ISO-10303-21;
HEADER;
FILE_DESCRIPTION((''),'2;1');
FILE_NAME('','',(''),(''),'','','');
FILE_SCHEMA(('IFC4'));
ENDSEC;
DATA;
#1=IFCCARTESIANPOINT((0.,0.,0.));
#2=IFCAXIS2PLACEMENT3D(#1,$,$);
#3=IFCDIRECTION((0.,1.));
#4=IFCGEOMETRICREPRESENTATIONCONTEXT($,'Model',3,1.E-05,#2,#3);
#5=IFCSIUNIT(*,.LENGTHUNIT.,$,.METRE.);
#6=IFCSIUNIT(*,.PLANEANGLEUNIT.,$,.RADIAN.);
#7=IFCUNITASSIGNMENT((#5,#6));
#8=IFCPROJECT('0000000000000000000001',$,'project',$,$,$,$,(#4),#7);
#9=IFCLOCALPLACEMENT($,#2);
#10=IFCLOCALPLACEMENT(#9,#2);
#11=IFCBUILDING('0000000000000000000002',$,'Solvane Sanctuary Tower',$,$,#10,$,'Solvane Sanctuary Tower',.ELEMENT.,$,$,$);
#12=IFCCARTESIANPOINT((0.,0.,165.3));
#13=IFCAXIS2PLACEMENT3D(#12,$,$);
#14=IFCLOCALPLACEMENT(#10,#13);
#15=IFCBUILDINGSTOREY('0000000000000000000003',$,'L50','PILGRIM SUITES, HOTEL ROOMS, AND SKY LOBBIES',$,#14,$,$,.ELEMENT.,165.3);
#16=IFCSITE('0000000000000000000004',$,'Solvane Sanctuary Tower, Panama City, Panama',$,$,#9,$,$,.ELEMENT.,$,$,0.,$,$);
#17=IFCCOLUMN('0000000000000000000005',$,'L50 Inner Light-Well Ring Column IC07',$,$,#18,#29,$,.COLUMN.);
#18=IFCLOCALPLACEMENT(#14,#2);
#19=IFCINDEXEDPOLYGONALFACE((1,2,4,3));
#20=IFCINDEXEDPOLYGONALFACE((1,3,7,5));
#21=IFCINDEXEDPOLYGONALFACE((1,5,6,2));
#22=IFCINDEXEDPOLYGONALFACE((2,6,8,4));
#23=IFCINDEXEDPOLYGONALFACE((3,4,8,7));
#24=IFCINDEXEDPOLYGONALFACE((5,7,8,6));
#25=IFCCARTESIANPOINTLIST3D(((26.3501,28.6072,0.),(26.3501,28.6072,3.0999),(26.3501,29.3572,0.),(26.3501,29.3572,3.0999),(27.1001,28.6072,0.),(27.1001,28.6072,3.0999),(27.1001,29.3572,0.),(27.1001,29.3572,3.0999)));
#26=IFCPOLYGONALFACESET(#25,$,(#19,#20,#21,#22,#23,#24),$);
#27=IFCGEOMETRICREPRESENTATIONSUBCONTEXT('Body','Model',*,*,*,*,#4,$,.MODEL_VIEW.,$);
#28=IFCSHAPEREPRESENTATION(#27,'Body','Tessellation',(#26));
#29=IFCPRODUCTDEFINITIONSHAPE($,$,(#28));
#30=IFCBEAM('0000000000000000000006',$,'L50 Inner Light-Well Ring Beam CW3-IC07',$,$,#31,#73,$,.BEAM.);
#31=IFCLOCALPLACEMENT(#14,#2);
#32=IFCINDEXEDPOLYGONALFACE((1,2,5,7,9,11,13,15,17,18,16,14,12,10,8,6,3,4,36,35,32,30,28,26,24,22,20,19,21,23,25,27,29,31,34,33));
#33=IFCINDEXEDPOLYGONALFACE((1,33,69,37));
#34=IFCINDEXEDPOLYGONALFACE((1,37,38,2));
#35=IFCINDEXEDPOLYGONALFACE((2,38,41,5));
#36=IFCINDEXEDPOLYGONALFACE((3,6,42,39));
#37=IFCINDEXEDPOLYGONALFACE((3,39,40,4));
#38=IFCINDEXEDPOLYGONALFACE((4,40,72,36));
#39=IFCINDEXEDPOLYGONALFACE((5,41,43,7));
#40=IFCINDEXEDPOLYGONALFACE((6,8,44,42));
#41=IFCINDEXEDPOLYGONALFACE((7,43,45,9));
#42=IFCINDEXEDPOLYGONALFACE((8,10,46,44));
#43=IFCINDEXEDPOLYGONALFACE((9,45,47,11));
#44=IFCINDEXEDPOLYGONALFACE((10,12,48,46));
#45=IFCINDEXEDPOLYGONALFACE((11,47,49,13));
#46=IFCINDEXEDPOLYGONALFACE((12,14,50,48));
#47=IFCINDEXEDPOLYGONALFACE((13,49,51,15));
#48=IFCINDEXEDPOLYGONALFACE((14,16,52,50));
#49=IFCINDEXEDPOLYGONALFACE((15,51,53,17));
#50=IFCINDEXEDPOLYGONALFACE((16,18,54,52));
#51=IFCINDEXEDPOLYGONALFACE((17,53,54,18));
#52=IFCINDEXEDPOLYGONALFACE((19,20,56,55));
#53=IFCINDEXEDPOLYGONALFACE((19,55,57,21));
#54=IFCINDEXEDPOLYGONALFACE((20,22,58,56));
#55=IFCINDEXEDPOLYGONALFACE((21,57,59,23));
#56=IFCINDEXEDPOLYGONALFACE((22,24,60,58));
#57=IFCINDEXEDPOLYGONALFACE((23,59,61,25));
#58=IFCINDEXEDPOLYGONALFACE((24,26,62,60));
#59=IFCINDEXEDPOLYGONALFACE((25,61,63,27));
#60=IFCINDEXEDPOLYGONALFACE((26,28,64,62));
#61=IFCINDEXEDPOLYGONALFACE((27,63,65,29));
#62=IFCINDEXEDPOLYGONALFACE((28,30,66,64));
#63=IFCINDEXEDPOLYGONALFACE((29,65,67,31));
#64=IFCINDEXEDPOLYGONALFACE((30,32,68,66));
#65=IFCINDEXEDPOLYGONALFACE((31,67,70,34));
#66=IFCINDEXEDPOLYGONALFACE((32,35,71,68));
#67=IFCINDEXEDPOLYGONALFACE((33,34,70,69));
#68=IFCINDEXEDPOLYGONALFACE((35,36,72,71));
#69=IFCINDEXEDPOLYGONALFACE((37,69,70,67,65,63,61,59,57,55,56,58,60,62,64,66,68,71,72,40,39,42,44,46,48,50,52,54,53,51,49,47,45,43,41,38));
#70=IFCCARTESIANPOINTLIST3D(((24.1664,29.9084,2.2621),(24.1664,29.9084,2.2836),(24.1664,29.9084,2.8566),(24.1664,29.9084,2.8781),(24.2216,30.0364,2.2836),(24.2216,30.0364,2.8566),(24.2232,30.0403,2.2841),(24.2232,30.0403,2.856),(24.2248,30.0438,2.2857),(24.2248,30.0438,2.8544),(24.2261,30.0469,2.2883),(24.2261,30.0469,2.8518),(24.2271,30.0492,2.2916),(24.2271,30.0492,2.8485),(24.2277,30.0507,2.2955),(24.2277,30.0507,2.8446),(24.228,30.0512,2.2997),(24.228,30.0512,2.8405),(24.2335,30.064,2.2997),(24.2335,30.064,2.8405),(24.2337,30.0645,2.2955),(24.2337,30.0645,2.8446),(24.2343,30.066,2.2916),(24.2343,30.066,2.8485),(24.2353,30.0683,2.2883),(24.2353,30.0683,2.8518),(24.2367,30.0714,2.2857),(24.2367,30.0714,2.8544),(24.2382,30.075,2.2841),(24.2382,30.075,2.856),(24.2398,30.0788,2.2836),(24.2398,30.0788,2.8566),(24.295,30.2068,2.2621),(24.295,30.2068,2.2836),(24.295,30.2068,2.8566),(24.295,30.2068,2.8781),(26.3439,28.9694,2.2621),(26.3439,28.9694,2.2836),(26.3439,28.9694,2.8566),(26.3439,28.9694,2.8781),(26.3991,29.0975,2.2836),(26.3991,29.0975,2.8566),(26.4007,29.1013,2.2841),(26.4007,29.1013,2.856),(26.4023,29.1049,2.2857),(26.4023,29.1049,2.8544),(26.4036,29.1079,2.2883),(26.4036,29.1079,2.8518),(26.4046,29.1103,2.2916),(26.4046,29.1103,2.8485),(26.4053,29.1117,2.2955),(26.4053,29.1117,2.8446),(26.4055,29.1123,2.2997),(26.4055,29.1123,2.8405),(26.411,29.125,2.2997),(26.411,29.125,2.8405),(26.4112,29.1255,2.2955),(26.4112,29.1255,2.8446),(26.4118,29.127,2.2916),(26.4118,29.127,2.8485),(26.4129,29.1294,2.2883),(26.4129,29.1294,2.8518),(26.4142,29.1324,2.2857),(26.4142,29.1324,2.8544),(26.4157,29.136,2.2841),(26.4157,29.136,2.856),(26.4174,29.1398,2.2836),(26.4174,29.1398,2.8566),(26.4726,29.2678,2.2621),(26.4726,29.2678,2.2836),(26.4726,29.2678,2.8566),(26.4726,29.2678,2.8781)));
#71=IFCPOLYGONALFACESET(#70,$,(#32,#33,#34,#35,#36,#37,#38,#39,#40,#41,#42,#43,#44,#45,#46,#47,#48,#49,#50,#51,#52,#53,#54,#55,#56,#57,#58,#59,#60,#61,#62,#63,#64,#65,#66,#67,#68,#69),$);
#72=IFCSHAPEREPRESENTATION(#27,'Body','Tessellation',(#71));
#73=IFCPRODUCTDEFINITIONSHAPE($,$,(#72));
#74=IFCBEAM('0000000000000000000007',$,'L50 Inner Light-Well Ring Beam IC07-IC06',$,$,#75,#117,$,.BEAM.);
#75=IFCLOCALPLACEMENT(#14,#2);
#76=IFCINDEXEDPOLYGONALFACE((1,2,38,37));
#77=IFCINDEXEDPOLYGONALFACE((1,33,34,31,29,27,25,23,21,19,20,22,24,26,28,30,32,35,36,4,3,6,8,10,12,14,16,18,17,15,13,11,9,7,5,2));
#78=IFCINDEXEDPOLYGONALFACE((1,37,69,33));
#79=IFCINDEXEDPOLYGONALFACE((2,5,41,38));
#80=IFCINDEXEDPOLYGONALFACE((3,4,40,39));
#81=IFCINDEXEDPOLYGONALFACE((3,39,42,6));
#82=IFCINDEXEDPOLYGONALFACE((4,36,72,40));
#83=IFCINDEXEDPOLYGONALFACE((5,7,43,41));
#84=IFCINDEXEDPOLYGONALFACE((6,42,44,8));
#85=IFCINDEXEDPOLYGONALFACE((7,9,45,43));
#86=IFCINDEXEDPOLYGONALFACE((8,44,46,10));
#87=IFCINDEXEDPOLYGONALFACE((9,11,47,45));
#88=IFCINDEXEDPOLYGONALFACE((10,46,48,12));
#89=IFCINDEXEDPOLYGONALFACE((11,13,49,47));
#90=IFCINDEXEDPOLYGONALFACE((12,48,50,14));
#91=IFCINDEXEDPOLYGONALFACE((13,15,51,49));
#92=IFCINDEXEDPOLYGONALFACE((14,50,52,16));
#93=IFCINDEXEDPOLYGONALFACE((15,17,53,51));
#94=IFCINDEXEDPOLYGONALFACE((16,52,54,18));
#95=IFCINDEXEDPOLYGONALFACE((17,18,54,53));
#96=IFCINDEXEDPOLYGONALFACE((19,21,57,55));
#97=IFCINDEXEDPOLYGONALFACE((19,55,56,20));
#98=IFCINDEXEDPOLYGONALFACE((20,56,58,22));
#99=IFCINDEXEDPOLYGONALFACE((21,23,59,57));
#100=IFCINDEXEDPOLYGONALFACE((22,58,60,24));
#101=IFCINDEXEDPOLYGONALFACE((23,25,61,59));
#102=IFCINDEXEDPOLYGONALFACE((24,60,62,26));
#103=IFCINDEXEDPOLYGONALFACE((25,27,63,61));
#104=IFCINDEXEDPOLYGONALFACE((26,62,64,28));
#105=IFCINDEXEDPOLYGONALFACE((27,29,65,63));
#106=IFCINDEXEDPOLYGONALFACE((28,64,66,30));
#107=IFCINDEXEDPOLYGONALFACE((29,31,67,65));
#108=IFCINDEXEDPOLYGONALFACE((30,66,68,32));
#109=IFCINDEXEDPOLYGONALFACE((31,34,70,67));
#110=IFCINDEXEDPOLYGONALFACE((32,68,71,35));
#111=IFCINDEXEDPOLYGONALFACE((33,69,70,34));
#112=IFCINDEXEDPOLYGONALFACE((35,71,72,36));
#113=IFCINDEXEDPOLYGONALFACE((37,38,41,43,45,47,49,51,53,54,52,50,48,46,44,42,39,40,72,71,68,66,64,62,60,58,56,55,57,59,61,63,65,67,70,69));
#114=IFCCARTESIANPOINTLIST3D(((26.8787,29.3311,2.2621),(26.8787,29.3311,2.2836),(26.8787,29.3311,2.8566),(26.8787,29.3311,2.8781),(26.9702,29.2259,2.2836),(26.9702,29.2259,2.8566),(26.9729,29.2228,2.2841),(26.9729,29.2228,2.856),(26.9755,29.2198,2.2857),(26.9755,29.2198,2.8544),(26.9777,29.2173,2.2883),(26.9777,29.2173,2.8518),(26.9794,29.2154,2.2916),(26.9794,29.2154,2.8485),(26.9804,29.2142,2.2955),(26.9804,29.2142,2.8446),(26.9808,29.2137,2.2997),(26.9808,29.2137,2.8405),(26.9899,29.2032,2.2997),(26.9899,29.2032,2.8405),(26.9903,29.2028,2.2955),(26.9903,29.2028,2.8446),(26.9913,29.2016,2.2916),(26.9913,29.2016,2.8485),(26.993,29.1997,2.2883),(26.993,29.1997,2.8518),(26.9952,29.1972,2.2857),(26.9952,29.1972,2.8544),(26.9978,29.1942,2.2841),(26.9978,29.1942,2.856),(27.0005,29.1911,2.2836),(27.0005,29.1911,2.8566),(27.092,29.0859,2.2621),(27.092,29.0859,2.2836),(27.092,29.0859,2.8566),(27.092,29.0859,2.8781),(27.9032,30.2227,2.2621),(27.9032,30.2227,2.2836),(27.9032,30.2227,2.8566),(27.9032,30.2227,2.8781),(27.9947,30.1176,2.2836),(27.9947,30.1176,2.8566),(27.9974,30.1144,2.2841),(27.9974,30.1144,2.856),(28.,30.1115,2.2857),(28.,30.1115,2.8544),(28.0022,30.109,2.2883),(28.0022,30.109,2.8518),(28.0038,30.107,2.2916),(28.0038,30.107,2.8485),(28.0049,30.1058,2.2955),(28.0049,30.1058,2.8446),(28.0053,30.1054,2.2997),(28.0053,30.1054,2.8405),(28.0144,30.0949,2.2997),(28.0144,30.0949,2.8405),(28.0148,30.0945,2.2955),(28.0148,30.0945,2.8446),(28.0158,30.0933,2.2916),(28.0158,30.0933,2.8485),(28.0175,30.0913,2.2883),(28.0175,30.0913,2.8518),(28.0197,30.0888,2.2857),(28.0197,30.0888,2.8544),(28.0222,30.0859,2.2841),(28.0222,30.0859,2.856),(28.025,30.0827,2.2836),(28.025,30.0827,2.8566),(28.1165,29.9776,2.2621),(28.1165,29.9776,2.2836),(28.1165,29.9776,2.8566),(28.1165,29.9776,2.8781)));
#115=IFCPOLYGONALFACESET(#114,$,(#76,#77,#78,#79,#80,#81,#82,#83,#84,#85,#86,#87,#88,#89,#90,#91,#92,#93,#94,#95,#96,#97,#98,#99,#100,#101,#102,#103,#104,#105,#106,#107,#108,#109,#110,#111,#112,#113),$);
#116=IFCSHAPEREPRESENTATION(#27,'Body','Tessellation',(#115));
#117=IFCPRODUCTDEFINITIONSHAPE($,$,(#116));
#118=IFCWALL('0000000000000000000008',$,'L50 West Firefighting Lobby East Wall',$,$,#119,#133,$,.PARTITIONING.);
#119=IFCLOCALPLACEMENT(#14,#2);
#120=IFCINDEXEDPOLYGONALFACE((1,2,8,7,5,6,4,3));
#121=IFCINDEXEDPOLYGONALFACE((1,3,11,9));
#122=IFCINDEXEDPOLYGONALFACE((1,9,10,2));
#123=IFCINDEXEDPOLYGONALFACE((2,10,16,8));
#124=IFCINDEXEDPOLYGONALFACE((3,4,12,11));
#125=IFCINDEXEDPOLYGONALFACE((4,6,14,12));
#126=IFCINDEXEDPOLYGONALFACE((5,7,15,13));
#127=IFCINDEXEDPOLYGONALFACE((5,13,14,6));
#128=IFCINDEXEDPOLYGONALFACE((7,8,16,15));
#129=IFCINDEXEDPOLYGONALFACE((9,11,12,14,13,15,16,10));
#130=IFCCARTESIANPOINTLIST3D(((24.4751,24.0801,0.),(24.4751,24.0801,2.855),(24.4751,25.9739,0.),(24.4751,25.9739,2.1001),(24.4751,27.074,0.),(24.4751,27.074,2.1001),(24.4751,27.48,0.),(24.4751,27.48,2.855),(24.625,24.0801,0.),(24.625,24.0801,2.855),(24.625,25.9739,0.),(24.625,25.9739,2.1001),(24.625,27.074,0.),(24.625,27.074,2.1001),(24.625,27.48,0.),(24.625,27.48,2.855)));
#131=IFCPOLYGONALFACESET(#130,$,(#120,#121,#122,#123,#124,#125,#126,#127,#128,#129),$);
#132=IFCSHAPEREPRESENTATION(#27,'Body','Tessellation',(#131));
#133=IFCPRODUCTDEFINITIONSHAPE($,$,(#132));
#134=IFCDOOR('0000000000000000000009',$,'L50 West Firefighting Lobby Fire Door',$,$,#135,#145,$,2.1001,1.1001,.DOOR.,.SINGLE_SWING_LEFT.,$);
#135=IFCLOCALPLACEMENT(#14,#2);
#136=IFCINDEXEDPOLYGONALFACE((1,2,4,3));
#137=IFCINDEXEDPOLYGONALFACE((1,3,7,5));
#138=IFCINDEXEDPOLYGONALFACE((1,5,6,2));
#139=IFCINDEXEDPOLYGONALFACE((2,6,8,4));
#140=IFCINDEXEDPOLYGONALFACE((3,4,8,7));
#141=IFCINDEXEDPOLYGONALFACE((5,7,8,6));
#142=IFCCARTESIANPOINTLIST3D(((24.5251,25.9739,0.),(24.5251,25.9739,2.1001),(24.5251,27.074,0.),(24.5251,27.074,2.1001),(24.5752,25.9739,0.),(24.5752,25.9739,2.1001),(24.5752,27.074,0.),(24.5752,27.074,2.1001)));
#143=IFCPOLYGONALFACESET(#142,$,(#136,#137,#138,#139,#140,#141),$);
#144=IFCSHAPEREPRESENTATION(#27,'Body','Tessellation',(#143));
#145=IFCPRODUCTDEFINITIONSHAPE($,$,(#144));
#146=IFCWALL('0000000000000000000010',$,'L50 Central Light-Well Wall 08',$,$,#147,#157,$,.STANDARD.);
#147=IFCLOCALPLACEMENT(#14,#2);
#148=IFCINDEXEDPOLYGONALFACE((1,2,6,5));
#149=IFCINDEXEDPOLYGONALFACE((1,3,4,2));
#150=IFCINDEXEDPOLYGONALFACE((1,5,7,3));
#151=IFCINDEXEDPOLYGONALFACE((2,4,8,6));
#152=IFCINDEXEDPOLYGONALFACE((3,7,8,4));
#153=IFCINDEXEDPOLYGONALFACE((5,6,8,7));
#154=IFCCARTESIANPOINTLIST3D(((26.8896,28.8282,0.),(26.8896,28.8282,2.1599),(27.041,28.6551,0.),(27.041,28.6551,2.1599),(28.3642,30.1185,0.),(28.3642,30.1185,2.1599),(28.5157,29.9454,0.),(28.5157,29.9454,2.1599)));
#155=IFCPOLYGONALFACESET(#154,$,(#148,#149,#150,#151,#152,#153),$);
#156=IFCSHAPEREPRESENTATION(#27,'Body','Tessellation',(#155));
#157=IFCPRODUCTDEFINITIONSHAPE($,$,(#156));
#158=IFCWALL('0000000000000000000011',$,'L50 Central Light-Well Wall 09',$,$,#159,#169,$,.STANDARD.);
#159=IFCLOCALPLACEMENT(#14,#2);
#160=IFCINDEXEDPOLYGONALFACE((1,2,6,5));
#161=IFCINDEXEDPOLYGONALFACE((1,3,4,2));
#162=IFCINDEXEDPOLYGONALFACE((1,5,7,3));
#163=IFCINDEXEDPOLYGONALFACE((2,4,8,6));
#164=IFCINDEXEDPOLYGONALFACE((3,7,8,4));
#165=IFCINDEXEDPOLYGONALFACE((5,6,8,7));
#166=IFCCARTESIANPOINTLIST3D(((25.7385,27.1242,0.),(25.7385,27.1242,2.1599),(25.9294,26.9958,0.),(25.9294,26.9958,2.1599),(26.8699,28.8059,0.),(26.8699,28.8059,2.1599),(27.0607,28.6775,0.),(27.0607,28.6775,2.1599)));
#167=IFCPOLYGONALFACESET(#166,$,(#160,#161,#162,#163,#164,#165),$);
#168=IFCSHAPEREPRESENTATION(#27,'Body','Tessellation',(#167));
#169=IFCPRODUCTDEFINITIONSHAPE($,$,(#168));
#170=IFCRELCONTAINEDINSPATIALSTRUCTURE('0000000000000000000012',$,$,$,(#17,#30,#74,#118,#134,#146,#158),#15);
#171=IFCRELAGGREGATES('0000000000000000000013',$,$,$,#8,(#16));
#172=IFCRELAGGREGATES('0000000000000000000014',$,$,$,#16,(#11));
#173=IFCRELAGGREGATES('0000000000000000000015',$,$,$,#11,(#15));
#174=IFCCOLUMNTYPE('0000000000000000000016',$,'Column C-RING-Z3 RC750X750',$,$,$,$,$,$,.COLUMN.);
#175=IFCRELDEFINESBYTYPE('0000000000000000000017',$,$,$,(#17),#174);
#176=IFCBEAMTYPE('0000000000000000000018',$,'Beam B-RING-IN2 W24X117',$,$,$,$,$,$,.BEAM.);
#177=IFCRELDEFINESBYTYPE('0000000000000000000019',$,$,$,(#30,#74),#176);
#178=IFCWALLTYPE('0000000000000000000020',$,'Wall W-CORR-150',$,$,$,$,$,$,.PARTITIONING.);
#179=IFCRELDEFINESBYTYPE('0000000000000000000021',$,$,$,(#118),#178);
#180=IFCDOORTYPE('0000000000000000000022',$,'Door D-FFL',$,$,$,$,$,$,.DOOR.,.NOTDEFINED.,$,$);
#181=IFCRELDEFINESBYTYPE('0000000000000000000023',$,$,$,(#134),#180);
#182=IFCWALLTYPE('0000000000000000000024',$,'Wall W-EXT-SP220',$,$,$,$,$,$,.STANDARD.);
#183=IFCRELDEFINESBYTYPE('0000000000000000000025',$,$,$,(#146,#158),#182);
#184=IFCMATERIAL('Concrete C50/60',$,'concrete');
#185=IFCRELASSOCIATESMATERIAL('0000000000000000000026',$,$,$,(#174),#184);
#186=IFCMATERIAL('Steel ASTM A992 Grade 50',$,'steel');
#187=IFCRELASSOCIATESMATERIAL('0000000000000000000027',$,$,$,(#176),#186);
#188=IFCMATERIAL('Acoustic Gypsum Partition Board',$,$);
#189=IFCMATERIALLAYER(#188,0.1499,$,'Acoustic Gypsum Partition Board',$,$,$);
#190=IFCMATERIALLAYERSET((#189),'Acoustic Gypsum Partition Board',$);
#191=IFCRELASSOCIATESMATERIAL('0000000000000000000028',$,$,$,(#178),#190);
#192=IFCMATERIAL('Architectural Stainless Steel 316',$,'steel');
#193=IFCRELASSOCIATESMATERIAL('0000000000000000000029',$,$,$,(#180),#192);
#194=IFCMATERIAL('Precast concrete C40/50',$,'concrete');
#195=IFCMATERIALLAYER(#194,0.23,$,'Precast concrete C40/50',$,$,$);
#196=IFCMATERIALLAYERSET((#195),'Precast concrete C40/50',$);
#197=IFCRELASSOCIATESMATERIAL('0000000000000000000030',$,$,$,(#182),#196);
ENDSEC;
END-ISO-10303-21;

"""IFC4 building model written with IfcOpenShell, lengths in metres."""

from ifc_helpers import new_model, si_unit, direction, frame, frame_2d, origin, origin_2d, place, context, subcontext, project, spatial, rectangle, i_section, extrude, material, layer, layer_set, material_profile, profile_set, type_object, element, fill, save


model = new_model("IFC4")

# Units and contexts
model_context = context("Model", 3, precision=1e-05, world=origin(), true_north=direction((0.0, 1.0)))
body_context = subcontext(model_context, "Body", "Model", "MODEL_VIEW")
ifc_project = project(units=[si_unit("LENGTHUNIT", "METRE"), si_unit("PLANEANGLEUNIT", "RADIAN")], contexts=[model_context])

# Site, building, storey
site_placement = place(None, origin())
site = spatial("IfcSite", under=ifc_project, at=site_placement, Name="Solvane Sanctuary Tower, Panama City, Panama", CompositionType="ELEMENT", RefElevation=0.0)
building_placement = place(site_placement, origin())
building = spatial("IfcBuilding", under=site, at=building_placement, Name="Solvane Sanctuary Tower", LongName="Solvane Sanctuary Tower", CompositionType="ELEMENT")
storey_placement = place(building_placement, frame((0.0, 0.0, 165.3)))
storey = spatial("IfcBuildingStorey", under=building, at=storey_placement, Name="L50", Description="PILGRIM SUITES, HOTEL ROOMS, AND SKY LOBBIES", CompositionType="ELEMENT", Elevation=165.3)

# Column
ifc_material_1 = material(Name="Concrete C50/60", Category="concrete")
ifc_material_profile_1 = material_profile(ifc_material_1, rectangle(XDim=0.75, YDim=0.75, at=origin_2d()), Name="RC750X750")
ifc_profile_set_1 = profile_set([ifc_material_profile_1], Name="Concrete C50/60")
column_type = type_object("IfcColumnType", Name="Column C-RING-Z3 RC750X750", PredefinedType="COLUMN", material=ifc_profile_set_1)
column_placement = place(storey_placement, frame((26.7251, 28.9822, 0.0), z_axis=(0.0, 0.0, 1.0), x_axis=(1.0, 0.0, 0.0)))
element("IfcColumn", 1, at=column_placement, inside=storey, type_object=column_type, Name="L50 Inner Light-Well Ring Column IC07", PredefinedType="COLUMN", context=body_context, shape_type="SweptSolid", body=[
    extrude(rectangle(XDim=0.75, YDim=0.75, at=origin_2d()), origin(), (0.0, 0.0, 1.0), 3.0999),
])

# Beams
ifc_material_2 = material(Name="Steel ASTM A992 Grade 50", Category="steel")
ifc_material_profile_2 = material_profile(ifc_material_2, i_section(OverallWidth=0.325, OverallDepth=0.616, WebThickness=0.0139, FlangeThickness=0.0215, FilletRadius=0.0161, at=origin_2d()), Name="W24X117")
ifc_profile_set_2 = profile_set([ifc_material_profile_2], Name="Steel ASTM A992 Grade 50")
beam_type = type_object("IfcBeamType", Name="Beam B-RING-IN2 W24X117", PredefinedType="BEAM", material=ifc_profile_set_2)
beam_1_placement = place(storey_placement, frame((24.2307, 30.0576, 2.5701), z_axis=(0.918264, -0.395969, 0.0), x_axis=(0.395969, 0.918264, 0.0)))
element("IfcBeam", 2, at=beam_1_placement, inside=storey, type_object=beam_type, Name="L50 Inner Light-Well Ring Beam CW3-IC07", PredefinedType="BEAM", context=body_context, shape_type="SweptSolid", body=[
    extrude(i_section(OverallWidth=0.325, OverallDepth=0.616, WebThickness=0.0139, FlangeThickness=0.0215, FilletRadius=0.0161, at=origin_2d()), origin(), (0.0, 0.0, 1.0), 2.3713),
])
beam_2_placement = place(storey_placement, frame((26.9854, 29.2085, 2.5701), z_axis=(0.754311, 0.656517, 0.0), x_axis=(-0.656517, 0.754311, 0.0)))
element("IfcBeam", 3, at=beam_2_placement, inside=storey, type_object=beam_type, Name="L50 Inner Light-Well Ring Beam IC07-IC06", PredefinedType="BEAM", context=body_context, shape_type="SweptSolid", body=[
    extrude(i_section(OverallWidth=0.325, OverallDepth=0.616, WebThickness=0.0139, FlangeThickness=0.0215, FilletRadius=0.0161, at=origin_2d()), origin(), (0.0, 0.0, 1.0), 1.3582),
])

# Wall, opening, door
ifc_material_3 = material(Name="Acoustic Gypsum Partition Board")
ifc_layer_1 = layer(ifc_material_3, 0.1499, Name="Acoustic Gypsum Partition Board")
ifc_layer_set_1 = layer_set([ifc_layer_1], Name="Acoustic Gypsum Partition Board")
wall_type_1 = type_object("IfcWallType", Name="Wall W-CORR-150", PredefinedType="PARTITIONING", material=ifc_layer_set_1)
wall_1_placement = place(storey_placement, frame((24.55, 24.0801, 0.0), z_axis=(0.0, 0.0, 1.0), x_axis=(0.0, 1.0, 0.0)))
wall_1 = element("IfcWall", 4, at=wall_1_placement, inside=storey, type_object=wall_type_1, Name="L50 West Firefighting Lobby East Wall", PredefinedType="PARTITIONING", context=body_context, shape_type="SweptSolid", body=[
    extrude(rectangle(XDim=3.3999, YDim=0.1499, at=frame_2d((1.7, 0.0))), origin(), (0.0, 0.0, 1.0), 2.855),
])
opening_1_placement = place(wall_1_placement, frame((1.8938, 0.0, 0.0)))
opening_1 = element("IfcOpeningElement", 5, at=opening_1_placement, cuts=wall_1, PredefinedType="OPENING", context=body_context, shape_type="SweptSolid", body=[
    extrude(rectangle(XDim=1.1001, YDim=2.1001, at=frame_2d((0.55, 1.05))), frame((0.0, 0.085, 0.0), z_axis=(0.0, -1.0, 0.0), x_axis=(1.0, 0.0, 0.0)), (0.0, 0.0, 1.0), 0.1699),
])
ifc_material_4 = material(Name="Architectural Stainless Steel 316", Category="steel")
door_type_1 = type_object("IfcDoorType", Name="Door D-FFL", OperationType="NOTDEFINED", PredefinedType="DOOR", material=ifc_material_4)
door_1_placement = place(opening_1_placement, origin())
door_1 = element("IfcDoor", 6, at=door_1_placement, inside=storey, type_object=door_type_1, Name="L50 West Firefighting Lobby Fire Door", OperationType="SINGLE_SWING_LEFT", OverallHeight=2.1001, OverallWidth=1.1001, PredefinedType="DOOR", context=body_context, shape_type="SweptSolid", body=[
    extrude(rectangle(XDim=1.1001, YDim=2.1001, at=frame_2d((0.55, 1.05))), frame((0.0, 0.0249, 0.0), z_axis=(0.0, -1.0, 0.0), x_axis=(1.0, 0.0, 0.0)), (0.0, 0.0, 1.0), 0.05),
])
fill(opening_1, door_1)

# Walls
ifc_material_5 = material(Name="Precast concrete C40/50", Category="concrete")
ifc_layer_2 = layer(ifc_material_5, 0.23, Name="Precast concrete C40/50")
ifc_layer_set_2 = layer_set([ifc_layer_2], Name="Precast concrete C40/50")
wall_type_2 = type_object("IfcWallType", Name="Wall W-EXT-SP220", PredefinedType="STANDARD", material=ifc_layer_set_2)
wall_2_placement = place(storey_placement, frame((28.4399, 30.032, 0.0), z_axis=(0.0, 0.0, 1.0), x_axis=(-0.752577, -0.658505, 0.0)))
element("IfcWall", 7, at=wall_2_placement, inside=storey, type_object=wall_type_2, Name="L50 Central Light-Well Wall 08", PredefinedType="STANDARD", context=body_context, shape_type="SweptSolid", body=[
    extrude(rectangle(XDim=1.9595, YDim=0.23, at=frame_2d((0.9797, 0.0))), origin(), (0.0, 0.0, 1.0), 2.1599),
])
wall_3_placement = place(storey_placement, frame((26.9653, 28.7417, 0.0), z_axis=(0.0, 0.0, 1.0), x_axis=(-0.558198, -0.829708, 0.0)))
element("IfcWall", 8, at=wall_3_placement, inside=storey, type_object=wall_type_2, Name="L50 Central Light-Well Wall 09", PredefinedType="STANDARD", context=body_context, shape_type="SweptSolid", body=[
    extrude(rectangle(XDim=2.0269, YDim=0.23, at=frame_2d((1.0134, 0.0))), origin(), (0.0, 0.0, 1.0), 2.1599),
])

save(model, "model.ifc")
